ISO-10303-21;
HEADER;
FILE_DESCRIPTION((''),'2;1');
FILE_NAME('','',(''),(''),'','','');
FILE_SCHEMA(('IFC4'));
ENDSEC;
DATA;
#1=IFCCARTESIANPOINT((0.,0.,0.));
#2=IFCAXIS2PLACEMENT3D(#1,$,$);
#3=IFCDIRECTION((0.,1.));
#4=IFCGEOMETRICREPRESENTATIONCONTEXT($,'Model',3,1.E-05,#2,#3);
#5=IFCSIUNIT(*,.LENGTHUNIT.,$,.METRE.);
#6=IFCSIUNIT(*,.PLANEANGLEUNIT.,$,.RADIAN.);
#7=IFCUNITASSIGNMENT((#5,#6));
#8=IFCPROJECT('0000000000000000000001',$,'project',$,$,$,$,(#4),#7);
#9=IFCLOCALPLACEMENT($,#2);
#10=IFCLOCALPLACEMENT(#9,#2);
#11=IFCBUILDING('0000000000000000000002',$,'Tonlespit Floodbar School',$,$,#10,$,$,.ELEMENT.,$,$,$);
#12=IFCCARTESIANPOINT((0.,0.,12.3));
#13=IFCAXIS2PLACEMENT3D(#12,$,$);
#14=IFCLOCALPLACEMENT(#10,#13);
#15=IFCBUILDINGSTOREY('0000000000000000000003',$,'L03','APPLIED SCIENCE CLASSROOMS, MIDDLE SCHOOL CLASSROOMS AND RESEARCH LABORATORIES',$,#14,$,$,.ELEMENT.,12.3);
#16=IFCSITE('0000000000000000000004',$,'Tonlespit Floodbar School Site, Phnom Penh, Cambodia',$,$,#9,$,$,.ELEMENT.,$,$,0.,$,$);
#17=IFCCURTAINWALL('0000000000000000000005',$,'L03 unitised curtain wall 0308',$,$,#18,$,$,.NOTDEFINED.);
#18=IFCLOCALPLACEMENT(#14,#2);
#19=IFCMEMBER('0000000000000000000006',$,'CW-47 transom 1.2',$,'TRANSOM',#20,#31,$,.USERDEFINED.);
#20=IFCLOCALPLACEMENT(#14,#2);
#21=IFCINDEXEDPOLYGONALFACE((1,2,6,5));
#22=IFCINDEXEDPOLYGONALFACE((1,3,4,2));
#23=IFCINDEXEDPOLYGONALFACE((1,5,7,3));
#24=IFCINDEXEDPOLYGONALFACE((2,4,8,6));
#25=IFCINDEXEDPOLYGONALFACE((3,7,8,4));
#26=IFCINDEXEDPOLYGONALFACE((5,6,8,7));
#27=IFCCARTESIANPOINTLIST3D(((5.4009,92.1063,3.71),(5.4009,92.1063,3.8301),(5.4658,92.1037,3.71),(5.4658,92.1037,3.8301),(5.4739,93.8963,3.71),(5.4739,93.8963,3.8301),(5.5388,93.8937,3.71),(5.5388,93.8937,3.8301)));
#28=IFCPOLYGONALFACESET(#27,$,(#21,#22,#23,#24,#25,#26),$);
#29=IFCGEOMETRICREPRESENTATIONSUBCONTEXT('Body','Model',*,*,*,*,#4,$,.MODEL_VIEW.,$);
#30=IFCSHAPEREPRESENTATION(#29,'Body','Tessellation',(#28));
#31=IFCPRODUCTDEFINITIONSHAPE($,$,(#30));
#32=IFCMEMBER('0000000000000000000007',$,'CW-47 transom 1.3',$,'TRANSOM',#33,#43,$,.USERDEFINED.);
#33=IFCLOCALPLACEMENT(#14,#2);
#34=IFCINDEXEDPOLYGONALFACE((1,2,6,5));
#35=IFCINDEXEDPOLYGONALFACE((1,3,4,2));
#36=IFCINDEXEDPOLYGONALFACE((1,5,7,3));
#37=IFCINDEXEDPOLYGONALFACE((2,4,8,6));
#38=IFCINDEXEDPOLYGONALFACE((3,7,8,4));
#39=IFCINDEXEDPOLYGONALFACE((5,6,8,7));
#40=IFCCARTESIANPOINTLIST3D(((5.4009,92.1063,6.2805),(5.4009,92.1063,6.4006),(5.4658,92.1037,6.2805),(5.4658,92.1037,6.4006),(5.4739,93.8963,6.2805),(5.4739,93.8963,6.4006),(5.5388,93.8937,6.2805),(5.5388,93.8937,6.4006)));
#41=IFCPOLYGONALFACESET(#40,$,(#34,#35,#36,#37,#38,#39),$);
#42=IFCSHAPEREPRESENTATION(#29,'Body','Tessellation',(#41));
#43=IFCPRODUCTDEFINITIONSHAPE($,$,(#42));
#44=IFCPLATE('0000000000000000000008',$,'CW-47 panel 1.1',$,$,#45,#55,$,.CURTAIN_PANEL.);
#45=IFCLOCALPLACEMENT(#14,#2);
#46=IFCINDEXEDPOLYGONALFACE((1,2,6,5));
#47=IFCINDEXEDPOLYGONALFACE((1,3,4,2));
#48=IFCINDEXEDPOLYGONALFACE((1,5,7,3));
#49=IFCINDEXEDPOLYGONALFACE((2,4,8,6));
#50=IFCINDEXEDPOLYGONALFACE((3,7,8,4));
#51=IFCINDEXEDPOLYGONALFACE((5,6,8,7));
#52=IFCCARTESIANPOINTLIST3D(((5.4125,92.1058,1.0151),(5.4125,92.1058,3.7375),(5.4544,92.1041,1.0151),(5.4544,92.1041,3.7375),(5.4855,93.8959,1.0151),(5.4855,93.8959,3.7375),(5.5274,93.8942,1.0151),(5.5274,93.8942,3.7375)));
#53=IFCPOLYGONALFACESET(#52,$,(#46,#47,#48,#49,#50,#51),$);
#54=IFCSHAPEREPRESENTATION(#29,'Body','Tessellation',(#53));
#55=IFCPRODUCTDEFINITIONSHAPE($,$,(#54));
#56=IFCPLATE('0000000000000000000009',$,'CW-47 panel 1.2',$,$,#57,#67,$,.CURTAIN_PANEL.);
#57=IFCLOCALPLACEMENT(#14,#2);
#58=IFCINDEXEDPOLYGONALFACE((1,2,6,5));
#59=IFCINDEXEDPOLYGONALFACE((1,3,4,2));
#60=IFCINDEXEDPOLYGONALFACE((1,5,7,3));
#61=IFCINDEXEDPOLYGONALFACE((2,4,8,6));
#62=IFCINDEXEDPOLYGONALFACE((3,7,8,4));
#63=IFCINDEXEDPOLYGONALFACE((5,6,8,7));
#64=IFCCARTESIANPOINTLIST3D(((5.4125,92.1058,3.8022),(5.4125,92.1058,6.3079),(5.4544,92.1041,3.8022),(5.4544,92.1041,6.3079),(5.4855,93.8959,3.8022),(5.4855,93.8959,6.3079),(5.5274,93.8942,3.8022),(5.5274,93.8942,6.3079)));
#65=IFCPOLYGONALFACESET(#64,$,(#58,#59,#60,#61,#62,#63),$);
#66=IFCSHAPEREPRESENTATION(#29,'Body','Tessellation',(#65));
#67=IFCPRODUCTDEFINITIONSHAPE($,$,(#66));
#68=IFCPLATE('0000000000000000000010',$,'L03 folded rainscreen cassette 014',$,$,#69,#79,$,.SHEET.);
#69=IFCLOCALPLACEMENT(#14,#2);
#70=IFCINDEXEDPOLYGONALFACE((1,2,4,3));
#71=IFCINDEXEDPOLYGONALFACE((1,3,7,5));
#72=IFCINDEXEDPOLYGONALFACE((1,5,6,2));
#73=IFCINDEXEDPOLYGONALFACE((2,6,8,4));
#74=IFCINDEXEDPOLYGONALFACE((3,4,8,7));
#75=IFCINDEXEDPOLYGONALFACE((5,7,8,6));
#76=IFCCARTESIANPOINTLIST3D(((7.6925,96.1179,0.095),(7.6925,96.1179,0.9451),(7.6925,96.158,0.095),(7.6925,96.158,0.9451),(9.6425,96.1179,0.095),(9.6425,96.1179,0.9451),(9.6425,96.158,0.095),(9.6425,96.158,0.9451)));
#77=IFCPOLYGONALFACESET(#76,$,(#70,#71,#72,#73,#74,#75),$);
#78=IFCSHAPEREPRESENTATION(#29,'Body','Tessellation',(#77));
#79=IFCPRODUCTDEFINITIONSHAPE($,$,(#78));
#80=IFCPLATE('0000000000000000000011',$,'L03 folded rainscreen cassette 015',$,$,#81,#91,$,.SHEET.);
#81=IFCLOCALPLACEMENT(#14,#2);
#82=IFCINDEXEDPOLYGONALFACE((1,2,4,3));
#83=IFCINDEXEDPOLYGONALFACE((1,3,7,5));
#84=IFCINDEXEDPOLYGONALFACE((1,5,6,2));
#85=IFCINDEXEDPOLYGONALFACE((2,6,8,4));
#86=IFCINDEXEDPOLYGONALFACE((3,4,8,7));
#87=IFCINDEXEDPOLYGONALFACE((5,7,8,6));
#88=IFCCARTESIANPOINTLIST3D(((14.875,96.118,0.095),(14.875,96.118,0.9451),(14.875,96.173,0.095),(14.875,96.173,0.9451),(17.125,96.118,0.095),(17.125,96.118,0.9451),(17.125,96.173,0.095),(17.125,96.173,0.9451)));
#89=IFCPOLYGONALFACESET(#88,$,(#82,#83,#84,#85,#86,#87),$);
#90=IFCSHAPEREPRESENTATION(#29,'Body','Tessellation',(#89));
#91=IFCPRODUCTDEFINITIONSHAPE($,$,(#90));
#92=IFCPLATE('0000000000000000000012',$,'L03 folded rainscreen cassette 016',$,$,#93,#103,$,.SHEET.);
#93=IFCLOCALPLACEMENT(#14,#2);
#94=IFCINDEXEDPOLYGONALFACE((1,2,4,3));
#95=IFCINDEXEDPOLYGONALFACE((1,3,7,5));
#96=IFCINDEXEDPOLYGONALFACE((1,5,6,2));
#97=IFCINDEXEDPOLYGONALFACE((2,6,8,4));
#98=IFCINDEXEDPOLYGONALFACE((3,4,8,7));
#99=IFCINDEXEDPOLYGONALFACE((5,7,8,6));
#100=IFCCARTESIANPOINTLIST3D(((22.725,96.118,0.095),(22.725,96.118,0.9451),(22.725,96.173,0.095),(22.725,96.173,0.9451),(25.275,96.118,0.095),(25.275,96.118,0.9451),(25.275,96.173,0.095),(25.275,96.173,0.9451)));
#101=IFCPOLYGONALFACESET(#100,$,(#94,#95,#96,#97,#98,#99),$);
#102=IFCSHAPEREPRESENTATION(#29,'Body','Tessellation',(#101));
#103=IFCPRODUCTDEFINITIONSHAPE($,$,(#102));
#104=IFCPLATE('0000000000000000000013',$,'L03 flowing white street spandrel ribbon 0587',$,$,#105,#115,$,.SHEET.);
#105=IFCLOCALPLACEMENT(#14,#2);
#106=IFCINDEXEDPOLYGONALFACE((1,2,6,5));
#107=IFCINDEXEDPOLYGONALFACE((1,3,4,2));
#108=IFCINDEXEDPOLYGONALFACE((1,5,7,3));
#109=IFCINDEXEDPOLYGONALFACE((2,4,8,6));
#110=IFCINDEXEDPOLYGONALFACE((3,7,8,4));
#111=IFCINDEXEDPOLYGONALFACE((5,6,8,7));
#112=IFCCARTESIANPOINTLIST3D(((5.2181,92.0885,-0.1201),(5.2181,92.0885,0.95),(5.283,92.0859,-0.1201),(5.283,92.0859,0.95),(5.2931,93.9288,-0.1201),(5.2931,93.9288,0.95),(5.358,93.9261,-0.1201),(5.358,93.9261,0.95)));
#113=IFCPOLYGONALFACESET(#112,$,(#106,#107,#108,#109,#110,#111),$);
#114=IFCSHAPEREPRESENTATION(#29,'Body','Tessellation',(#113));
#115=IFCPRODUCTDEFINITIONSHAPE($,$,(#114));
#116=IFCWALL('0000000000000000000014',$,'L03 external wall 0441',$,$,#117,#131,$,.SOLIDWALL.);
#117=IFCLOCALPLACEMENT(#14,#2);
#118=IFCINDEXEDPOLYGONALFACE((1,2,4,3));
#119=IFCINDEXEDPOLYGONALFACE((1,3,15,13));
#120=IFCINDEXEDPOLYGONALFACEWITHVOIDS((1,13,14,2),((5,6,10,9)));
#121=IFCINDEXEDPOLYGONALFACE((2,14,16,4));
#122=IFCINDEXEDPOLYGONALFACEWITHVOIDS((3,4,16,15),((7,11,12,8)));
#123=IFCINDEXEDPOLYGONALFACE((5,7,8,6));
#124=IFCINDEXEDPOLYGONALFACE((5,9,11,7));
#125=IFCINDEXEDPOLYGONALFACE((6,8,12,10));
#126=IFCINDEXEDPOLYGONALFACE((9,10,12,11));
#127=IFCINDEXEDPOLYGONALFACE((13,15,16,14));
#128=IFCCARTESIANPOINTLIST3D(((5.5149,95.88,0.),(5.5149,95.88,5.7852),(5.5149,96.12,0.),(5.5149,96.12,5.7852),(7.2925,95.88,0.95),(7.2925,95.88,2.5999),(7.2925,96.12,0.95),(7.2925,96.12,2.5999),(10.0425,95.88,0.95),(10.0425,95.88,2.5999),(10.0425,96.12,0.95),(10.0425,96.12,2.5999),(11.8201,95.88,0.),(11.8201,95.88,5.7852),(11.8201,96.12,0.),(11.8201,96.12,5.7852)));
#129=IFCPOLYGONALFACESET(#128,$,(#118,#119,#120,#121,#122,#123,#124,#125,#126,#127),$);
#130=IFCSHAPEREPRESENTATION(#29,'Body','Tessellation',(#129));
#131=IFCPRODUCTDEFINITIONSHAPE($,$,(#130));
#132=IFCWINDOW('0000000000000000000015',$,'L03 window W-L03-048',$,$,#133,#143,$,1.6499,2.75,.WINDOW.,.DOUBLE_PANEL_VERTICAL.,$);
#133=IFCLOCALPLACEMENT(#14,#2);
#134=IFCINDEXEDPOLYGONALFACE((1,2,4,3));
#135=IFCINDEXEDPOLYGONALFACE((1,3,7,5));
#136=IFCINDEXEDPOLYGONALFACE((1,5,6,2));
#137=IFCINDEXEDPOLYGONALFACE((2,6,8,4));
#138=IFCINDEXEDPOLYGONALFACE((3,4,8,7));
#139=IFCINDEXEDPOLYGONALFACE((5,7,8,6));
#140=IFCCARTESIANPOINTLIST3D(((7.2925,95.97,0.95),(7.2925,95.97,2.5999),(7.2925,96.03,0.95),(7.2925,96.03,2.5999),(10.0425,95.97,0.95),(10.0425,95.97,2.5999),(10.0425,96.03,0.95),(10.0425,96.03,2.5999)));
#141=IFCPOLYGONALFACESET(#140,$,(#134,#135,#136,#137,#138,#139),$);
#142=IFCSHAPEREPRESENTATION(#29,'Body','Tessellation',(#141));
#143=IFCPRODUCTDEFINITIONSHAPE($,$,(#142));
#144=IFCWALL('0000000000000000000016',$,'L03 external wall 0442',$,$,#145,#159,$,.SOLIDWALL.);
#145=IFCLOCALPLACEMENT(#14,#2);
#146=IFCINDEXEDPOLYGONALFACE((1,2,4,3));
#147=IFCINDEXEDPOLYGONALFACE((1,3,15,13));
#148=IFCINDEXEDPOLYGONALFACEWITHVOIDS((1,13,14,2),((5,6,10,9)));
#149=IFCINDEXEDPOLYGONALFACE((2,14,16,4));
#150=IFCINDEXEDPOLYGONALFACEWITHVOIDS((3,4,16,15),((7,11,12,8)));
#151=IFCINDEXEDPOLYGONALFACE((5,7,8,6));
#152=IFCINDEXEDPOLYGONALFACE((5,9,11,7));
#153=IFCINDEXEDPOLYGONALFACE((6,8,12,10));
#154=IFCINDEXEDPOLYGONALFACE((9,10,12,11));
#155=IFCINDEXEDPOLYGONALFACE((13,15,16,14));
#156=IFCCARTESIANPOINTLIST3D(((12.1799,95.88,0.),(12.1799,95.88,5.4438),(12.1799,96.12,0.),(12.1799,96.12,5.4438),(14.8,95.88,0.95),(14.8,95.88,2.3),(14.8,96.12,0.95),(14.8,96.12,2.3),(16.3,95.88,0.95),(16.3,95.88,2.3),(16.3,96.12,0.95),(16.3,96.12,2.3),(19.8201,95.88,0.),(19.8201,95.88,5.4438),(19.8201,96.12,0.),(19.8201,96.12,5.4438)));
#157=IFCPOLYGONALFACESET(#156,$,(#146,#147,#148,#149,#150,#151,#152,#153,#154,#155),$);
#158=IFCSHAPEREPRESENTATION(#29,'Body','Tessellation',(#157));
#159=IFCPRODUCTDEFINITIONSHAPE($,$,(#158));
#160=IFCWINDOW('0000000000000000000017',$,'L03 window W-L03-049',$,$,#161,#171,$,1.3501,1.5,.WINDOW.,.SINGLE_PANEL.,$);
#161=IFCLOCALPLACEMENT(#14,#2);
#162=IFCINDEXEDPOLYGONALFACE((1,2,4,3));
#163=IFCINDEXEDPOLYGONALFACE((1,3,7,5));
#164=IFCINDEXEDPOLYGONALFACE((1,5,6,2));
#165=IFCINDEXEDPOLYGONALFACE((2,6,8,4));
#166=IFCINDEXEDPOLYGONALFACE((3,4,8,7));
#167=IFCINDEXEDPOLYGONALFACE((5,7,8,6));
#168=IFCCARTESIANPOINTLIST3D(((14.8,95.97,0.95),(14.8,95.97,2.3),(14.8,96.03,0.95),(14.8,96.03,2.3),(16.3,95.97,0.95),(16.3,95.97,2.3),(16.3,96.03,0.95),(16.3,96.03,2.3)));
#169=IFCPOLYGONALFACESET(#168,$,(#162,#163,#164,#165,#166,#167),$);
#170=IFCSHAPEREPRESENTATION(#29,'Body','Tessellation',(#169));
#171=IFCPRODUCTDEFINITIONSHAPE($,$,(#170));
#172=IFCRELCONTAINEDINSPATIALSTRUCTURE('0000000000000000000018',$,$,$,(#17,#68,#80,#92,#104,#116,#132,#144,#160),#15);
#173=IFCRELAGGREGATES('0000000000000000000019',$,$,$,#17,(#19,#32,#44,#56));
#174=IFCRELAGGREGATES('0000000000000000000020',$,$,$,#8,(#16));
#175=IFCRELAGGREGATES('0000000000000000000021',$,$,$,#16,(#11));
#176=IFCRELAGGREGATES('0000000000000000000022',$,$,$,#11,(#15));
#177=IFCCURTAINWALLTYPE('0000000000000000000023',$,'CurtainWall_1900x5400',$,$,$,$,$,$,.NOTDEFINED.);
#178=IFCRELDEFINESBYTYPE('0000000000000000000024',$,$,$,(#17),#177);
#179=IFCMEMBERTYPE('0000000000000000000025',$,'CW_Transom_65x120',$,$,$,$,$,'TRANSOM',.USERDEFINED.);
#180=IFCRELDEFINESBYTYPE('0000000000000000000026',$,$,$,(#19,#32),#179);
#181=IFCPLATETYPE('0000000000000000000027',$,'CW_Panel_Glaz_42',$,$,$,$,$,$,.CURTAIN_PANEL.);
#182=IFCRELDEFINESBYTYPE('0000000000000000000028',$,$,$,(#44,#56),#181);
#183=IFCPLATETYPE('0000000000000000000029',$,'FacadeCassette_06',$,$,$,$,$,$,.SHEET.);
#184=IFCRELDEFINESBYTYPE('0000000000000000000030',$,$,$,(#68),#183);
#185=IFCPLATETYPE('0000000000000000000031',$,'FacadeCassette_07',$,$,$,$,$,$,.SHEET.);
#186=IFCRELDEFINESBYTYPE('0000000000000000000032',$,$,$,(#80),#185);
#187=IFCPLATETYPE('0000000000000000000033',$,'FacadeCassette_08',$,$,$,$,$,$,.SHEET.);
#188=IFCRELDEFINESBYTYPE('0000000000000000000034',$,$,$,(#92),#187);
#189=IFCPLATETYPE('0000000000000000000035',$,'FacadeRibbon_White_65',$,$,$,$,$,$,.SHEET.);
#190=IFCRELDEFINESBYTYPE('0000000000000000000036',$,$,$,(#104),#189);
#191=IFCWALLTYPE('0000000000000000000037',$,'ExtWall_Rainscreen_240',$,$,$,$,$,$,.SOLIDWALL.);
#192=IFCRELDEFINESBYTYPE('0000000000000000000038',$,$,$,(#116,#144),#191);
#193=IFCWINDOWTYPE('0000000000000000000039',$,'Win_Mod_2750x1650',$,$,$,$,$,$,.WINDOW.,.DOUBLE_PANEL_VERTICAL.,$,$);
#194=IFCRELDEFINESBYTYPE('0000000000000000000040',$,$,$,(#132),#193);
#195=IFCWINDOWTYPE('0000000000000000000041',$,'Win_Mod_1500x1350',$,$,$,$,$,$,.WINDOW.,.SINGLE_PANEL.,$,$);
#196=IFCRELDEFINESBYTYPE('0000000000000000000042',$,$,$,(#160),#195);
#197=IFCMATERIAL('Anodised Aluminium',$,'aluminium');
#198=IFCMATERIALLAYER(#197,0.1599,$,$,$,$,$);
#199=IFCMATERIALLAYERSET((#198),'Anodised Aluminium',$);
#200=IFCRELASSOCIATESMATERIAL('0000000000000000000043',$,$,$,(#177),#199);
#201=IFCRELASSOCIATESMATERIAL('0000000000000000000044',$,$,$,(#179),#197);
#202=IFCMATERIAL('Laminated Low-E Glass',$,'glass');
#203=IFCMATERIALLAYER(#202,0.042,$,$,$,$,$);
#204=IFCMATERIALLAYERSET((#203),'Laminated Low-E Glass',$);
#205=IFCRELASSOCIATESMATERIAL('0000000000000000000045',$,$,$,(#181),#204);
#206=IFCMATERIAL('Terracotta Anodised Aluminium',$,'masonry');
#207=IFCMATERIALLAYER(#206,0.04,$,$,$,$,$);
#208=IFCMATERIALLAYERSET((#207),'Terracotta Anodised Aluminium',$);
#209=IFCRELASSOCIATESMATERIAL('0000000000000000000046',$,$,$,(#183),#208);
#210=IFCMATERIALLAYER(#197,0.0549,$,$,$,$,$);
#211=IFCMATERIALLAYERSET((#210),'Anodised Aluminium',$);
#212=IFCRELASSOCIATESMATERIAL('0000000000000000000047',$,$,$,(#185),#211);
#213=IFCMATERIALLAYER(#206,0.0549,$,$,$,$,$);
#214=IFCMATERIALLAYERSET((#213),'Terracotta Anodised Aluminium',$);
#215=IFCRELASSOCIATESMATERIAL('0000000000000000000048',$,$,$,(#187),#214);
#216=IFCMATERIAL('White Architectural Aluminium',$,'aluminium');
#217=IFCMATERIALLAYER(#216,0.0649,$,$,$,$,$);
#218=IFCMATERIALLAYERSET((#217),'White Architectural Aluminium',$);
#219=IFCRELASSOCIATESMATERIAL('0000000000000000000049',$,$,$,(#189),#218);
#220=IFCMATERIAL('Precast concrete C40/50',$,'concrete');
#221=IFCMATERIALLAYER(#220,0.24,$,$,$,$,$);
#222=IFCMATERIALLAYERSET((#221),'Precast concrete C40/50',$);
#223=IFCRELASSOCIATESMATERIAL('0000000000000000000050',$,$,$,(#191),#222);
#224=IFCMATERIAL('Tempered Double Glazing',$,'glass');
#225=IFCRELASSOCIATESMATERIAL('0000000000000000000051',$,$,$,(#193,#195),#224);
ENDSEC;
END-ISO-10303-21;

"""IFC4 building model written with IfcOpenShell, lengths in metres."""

from ifc_helpers import new_model, si_unit, direction, frame, frame_2d, origin, origin_2d, place, context, subcontext, project, spatial, rectangle, extrude, material, layer, layer_set, material_profile, profile_set, type_object, element, fill, aggregate, save


model = new_model("IFC4")

# Units and contexts
model_context = context("Model", 3, precision=1e-05, world=origin(), true_north=direction((0.0, 1.0)))
body_context = subcontext(model_context, "Body", "Model", "MODEL_VIEW")
ifc_project = project(units=[si_unit("LENGTHUNIT", "METRE"), si_unit("PLANEANGLEUNIT", "RADIAN")], contexts=[model_context])

# Site, building, storey
site_placement = place(None, origin())
site = spatial("IfcSite", under=ifc_project, at=site_placement, Name="Tonlespit Floodbar School Site, Phnom Penh, Cambodia", CompositionType="ELEMENT", RefElevation=0.0)
building_placement = place(site_placement, origin())
building = spatial("IfcBuilding", under=site, at=building_placement, Name="Tonlespit Floodbar School", CompositionType="ELEMENT")
storey_placement = place(building_placement, frame((0.0, 0.0, 12.3)))
storey = spatial("IfcBuildingStorey", under=building, at=storey_placement, Name="L03", Description="APPLIED SCIENCE CLASSROOMS, MIDDLE SCHOOL CLASSROOMS AND RESEARCH LABORATORIES", CompositionType="ELEMENT", Elevation=12.3)

# Curtain wall, members, plates
ifc_material_1 = material(Name="Anodised Aluminium", Category="aluminium")
ifc_layer_1 = layer(ifc_material_1, 0.1599)
ifc_layer_set_1 = layer_set([ifc_layer_1], Name="Anodised Aluminium")
curtain_wall_type = type_object("IfcCurtainWallType", Name="CurtainWall_1900x5400", PredefinedType="NOTDEFINED", material=ifc_layer_set_1)
curtain_wall_placement = place(storey_placement, origin())
curtain_wall = element("IfcCurtainWall", 1, at=curtain_wall_placement, inside=storey, type_object=curtain_wall_type, Name="L03 unitised curtain wall 0308", PredefinedType="NOTDEFINED")
ifc_material_profile_1 = material_profile(ifc_material_1, rectangle(XDim=0.0649, YDim=0.1201, at=origin_2d()), Name="ALU T65x120")
ifc_profile_set_1 = profile_set([ifc_material_profile_1], Name="Anodised Aluminium")
member_type_1 = type_object("IfcMemberType", Name="CW_Transom_65x120", ElementType="TRANSOM", PredefinedType="USERDEFINED", material=ifc_profile_set_1)
member_1_placement = place(storey_placement, frame((5.4333, 92.105, 3.77), z_axis=(0.040746, 0.99917, 0.0), x_axis=(-0.99917, 0.040746, 0.0)))
member_1 = element("IfcMember", 2, at=member_1_placement, type_object=member_type_1, Name="CW-47 transom 1.2", ObjectType="TRANSOM", PredefinedType="USERDEFINED", context=body_context, shape_type="SweptSolid", body=[
    extrude(rectangle(XDim=0.0649, YDim=0.1201, at=origin_2d()), origin(), (0.0, 0.0, 1.0), 1.7915),
])
member_2_placement = place(storey_placement, frame((5.4333, 92.105, 6.3406), z_axis=(0.040746, 0.99917, 0.0), x_axis=(-0.99917, 0.040746, 0.0)))
member_2 = element("IfcMember", 3, at=member_2_placement, type_object=member_type_1, Name="CW-47 transom 1.3", ObjectType="TRANSOM", PredefinedType="USERDEFINED", context=body_context, shape_type="SweptSolid", body=[
    extrude(rectangle(XDim=0.0649, YDim=0.1201, at=origin_2d()), origin(), (0.0, 0.0, 1.0), 1.7915),
])
ifc_material_2 = material(Name="Laminated Low-E Glass", Category="glass")
ifc_layer_2 = layer(ifc_material_2, 0.042)
ifc_layer_set_2 = layer_set([ifc_layer_2], Name="Laminated Low-E Glass")
plate_type_1 = type_object("IfcPlateType", Name="CW_Panel_Glaz_42", PredefinedType="CURTAIN_PANEL", material=ifc_layer_set_2)
plate_1_placement = place(storey_placement, frame((5.47, 93.0, 1.0151), z_axis=(0.0, 0.0, 1.0), x_axis=(0.040747, 0.999169, 0.0)))
plate_1 = element("IfcPlate", 4, at=plate_1_placement, type_object=plate_type_1, Name="CW-47 panel 1.1", PredefinedType="CURTAIN_PANEL", context=body_context, shape_type="SweptSolid", body=[
    extrude(rectangle(XDim=1.7915, YDim=0.042, at=origin_2d()), origin(), (0.0, 0.0, 1.0), 2.7224),
])
plate_2_placement = place(storey_placement, frame((5.47, 93.0, 3.8022), z_axis=(0.0, 0.0, 1.0), x_axis=(0.040747, 0.999169, 0.0)))
plate_2 = element("IfcPlate", 5, at=plate_2_placement, type_object=plate_type_1, Name="CW-47 panel 1.2", PredefinedType="CURTAIN_PANEL", context=body_context, shape_type="SweptSolid", body=[
    extrude(rectangle(XDim=1.7915, YDim=0.042, at=origin_2d()), origin(), (0.0, 0.0, 1.0), 2.5056),
])
aggregate(curtain_wall, [member_1, member_2, plate_1, plate_2])

# Plates
ifc_material_3 = material(Name="Terracotta Anodised Aluminium", Category="masonry")
ifc_layer_3 = layer(ifc_material_3, 0.04)
ifc_layer_set_3 = layer_set([ifc_layer_3], Name="Terracotta Anodised Aluminium")
plate_type_2 = type_object("IfcPlateType", Name="FacadeCassette_06", PredefinedType="SHEET", material=ifc_layer_set_3)
plate_3_placement = place(storey_placement, frame((8.6675, 96.1379, 0.095), z_axis=(0.0, 0.0, 1.0), x_axis=(1.0, 0.0, 0.0)))
element("IfcPlate", 6, at=plate_3_placement, inside=storey, type_object=plate_type_2, Name="L03 folded rainscreen cassette 014", PredefinedType="SHEET", context=body_context, shape_type="SweptSolid", body=[
    extrude(rectangle(XDim=1.95, YDim=0.04, at=origin_2d()), origin(), (0.0, 0.0, 1.0), 0.8501),
])
ifc_layer_4 = layer(ifc_material_1, 0.0549)
ifc_layer_set_4 = layer_set([ifc_layer_4], Name="Anodised Aluminium")
plate_type_3 = type_object("IfcPlateType", Name="FacadeCassette_07", PredefinedType="SHEET", material=ifc_layer_set_4)
plate_4_placement = place(storey_placement, frame((16.0, 96.1455, 0.095), z_axis=(0.0, 0.0, 1.0), x_axis=(1.0, 0.0, 0.0)))
element("IfcPlate", 7, at=plate_4_placement, inside=storey, type_object=plate_type_3, Name="L03 folded rainscreen cassette 015", PredefinedType="SHEET", context=body_context, shape_type="SweptSolid", body=[
    extrude(rectangle(XDim=2.25, YDim=0.0549, at=origin_2d()), origin(), (0.0, 0.0, 1.0), 0.8501),
])
ifc_layer_5 = layer(ifc_material_3, 0.0549)
ifc_layer_set_5 = layer_set([ifc_layer_5], Name="Terracotta Anodised Aluminium")
plate_type_4 = type_object("IfcPlateType", Name="FacadeCassette_08", PredefinedType="SHEET", material=ifc_layer_set_5)
plate_5_placement = place(storey_placement, frame((24.0, 96.1455, 0.095), z_axis=(0.0, 0.0, 1.0), x_axis=(1.0, 0.0, 0.0)))
element("IfcPlate", 8, at=plate_5_placement, inside=storey, type_object=plate_type_4, Name="L03 folded rainscreen cassette 016", PredefinedType="SHEET", context=body_context, shape_type="SweptSolid", body=[
    extrude(rectangle(XDim=2.55, YDim=0.0549, at=origin_2d()), origin(), (0.0, 0.0, 1.0), 0.8501),
])
ifc_material_4 = material(Name="White Architectural Aluminium", Category="aluminium")
ifc_layer_6 = layer(ifc_material_4, 0.0649)
ifc_layer_set_6 = layer_set([ifc_layer_6], Name="White Architectural Aluminium")
plate_type_5 = type_object("IfcPlateType", Name="FacadeRibbon_White_65", PredefinedType="SHEET", material=ifc_layer_set_6)
plate_6_placement = place(storey_placement, frame((5.2881, 93.0073, -0.1201), z_axis=(0.0, 0.0, 1.0), x_axis=(0.040716, 0.999171, 0.0)))
element("IfcPlate", 9, at=plate_6_placement, inside=storey, type_object=plate_type_5, Name="L03 flowing white street spandrel ribbon 0587", PredefinedType="SHEET", context=body_context, shape_type="SweptSolid", body=[
    extrude(rectangle(XDim=1.8418, YDim=0.0649, at=origin_2d()), origin(), (0.0, 0.0, 1.0), 1.0701),
])

# Walls, openings, windows
ifc_material_5 = material(Name="Precast concrete C40/50", Category="concrete")
ifc_layer_7 = layer(ifc_material_5, 0.24)
ifc_layer_set_7 = layer_set([ifc_layer_7], Name="Precast concrete C40/50")
wall_type_1 = type_object("IfcWallType", Name="ExtWall_Rainscreen_240", PredefinedType="SOLIDWALL", material=ifc_layer_set_7)
wall_1_placement = place(storey_placement, frame((5.5149, 96.0, 0.0), z_axis=(0.0, 0.0, 1.0), x_axis=(1.0, 0.0, 0.0)))
wall_1 = element("IfcWall", 10, at=wall_1_placement, inside=storey, type_object=wall_type_1, Name="L03 external wall 0441", PredefinedType="SOLIDWALL", context=body_context, shape_type="SweptSolid", body=[
    extrude(rectangle(XDim=6.3052, YDim=0.24, at=frame_2d((3.1526, 0.0))), origin(), (0.0, 0.0, 1.0), 5.7852),
])
opening_1_placement = place(wall_1_placement, frame((1.7776, 0.0, 0.95)))
opening_1 = element("IfcOpeningElement", 11, at=opening_1_placement, cuts=wall_1, PredefinedType="OPENING", context=body_context, shape_type="SweptSolid", body=[
    extrude(rectangle(XDim=2.75, YDim=1.6499, at=frame_2d((1.375, 0.825))), frame((0.0, 0.1299, 0.0), z_axis=(0.0, -1.0, 0.0), x_axis=(1.0, 0.0, 0.0)), (0.0, 0.0, 1.0), 0.26),
])
ifc_material_6 = material(Name="Tempered Double Glazing", Category="glass")
window_type_1 = type_object("IfcWindowType", Name="Win_Mod_2750x1650", PartitioningType="DOUBLE_PANEL_VERTICAL", PredefinedType="WINDOW", material=ifc_material_6)
window_1_placement = place(opening_1_placement, origin())
window_1 = element("IfcWindow", 12, at=window_1_placement, inside=storey, type_object=window_type_1, Name="L03 window W-L03-048", OverallHeight=1.6499, OverallWidth=2.75, PartitioningType="DOUBLE_PANEL_VERTICAL", PredefinedType="WINDOW", context=body_context, shape_type="SweptSolid", body=[
    extrude(rectangle(XDim=2.75, YDim=1.6499, at=frame_2d((1.375, 0.825))), frame((0.0, 0.03, 0.0), z_axis=(0.0, -1.0, 0.0), x_axis=(1.0, 0.0, 0.0)), (0.0, 0.0, 1.0), 0.0601),
])
fill(opening_1, window_1)
wall_2_placement = place(storey_placement, frame((12.1799, 96.0, 0.0), z_axis=(0.0, 0.0, 1.0), x_axis=(1.0, 0.0, 0.0)))
wall_2 = element("IfcWall", 13, at=wall_2_placement, inside=storey, type_object=wall_type_1, Name="L03 external wall 0442", PredefinedType="SOLIDWALL", context=body_context, shape_type="SweptSolid", body=[
    extrude(rectangle(XDim=7.6401, YDim=0.24, at=frame_2d((3.8201, 0.0))), origin(), (0.0, 0.0, 1.0), 5.4438),
])
opening_2_placement = place(wall_2_placement, frame((2.6201, 0.0, 0.95)))
opening_2 = element("IfcOpeningElement", 14, at=opening_2_placement, cuts=wall_2, PredefinedType="OPENING", context=body_context, shape_type="SweptSolid", body=[
    extrude(rectangle(XDim=1.5, YDim=1.3501, at=frame_2d((0.75, 0.675))), frame((0.0, 0.1299, 0.0), z_axis=(0.0, -1.0, 0.0), x_axis=(1.0, 0.0, 0.0)), (0.0, 0.0, 1.0), 0.26),
])
window_type_2 = type_object("IfcWindowType", Name="Win_Mod_1500x1350", PartitioningType="SINGLE_PANEL", PredefinedType="WINDOW", material=ifc_material_6)
window_2_placement = place(opening_2_placement, origin())
window_2 = element("IfcWindow", 15, at=window_2_placement, inside=storey, type_object=window_type_2, Name="L03 window W-L03-049", OverallHeight=1.3501, OverallWidth=1.5, PartitioningType="SINGLE_PANEL", PredefinedType="WINDOW", context=body_context, shape_type="SweptSolid", body=[
    extrude(rectangle(XDim=1.5, YDim=1.3501, at=frame_2d((0.75, 0.675))), frame((0.0, 0.03, 0.0), z_axis=(0.0, -1.0, 0.0), x_axis=(1.0, 0.0, 0.0)), (0.0, 0.0, 1.0), 0.0601),
])
fill(opening_2, window_2)

save(model, "model.ifc")
